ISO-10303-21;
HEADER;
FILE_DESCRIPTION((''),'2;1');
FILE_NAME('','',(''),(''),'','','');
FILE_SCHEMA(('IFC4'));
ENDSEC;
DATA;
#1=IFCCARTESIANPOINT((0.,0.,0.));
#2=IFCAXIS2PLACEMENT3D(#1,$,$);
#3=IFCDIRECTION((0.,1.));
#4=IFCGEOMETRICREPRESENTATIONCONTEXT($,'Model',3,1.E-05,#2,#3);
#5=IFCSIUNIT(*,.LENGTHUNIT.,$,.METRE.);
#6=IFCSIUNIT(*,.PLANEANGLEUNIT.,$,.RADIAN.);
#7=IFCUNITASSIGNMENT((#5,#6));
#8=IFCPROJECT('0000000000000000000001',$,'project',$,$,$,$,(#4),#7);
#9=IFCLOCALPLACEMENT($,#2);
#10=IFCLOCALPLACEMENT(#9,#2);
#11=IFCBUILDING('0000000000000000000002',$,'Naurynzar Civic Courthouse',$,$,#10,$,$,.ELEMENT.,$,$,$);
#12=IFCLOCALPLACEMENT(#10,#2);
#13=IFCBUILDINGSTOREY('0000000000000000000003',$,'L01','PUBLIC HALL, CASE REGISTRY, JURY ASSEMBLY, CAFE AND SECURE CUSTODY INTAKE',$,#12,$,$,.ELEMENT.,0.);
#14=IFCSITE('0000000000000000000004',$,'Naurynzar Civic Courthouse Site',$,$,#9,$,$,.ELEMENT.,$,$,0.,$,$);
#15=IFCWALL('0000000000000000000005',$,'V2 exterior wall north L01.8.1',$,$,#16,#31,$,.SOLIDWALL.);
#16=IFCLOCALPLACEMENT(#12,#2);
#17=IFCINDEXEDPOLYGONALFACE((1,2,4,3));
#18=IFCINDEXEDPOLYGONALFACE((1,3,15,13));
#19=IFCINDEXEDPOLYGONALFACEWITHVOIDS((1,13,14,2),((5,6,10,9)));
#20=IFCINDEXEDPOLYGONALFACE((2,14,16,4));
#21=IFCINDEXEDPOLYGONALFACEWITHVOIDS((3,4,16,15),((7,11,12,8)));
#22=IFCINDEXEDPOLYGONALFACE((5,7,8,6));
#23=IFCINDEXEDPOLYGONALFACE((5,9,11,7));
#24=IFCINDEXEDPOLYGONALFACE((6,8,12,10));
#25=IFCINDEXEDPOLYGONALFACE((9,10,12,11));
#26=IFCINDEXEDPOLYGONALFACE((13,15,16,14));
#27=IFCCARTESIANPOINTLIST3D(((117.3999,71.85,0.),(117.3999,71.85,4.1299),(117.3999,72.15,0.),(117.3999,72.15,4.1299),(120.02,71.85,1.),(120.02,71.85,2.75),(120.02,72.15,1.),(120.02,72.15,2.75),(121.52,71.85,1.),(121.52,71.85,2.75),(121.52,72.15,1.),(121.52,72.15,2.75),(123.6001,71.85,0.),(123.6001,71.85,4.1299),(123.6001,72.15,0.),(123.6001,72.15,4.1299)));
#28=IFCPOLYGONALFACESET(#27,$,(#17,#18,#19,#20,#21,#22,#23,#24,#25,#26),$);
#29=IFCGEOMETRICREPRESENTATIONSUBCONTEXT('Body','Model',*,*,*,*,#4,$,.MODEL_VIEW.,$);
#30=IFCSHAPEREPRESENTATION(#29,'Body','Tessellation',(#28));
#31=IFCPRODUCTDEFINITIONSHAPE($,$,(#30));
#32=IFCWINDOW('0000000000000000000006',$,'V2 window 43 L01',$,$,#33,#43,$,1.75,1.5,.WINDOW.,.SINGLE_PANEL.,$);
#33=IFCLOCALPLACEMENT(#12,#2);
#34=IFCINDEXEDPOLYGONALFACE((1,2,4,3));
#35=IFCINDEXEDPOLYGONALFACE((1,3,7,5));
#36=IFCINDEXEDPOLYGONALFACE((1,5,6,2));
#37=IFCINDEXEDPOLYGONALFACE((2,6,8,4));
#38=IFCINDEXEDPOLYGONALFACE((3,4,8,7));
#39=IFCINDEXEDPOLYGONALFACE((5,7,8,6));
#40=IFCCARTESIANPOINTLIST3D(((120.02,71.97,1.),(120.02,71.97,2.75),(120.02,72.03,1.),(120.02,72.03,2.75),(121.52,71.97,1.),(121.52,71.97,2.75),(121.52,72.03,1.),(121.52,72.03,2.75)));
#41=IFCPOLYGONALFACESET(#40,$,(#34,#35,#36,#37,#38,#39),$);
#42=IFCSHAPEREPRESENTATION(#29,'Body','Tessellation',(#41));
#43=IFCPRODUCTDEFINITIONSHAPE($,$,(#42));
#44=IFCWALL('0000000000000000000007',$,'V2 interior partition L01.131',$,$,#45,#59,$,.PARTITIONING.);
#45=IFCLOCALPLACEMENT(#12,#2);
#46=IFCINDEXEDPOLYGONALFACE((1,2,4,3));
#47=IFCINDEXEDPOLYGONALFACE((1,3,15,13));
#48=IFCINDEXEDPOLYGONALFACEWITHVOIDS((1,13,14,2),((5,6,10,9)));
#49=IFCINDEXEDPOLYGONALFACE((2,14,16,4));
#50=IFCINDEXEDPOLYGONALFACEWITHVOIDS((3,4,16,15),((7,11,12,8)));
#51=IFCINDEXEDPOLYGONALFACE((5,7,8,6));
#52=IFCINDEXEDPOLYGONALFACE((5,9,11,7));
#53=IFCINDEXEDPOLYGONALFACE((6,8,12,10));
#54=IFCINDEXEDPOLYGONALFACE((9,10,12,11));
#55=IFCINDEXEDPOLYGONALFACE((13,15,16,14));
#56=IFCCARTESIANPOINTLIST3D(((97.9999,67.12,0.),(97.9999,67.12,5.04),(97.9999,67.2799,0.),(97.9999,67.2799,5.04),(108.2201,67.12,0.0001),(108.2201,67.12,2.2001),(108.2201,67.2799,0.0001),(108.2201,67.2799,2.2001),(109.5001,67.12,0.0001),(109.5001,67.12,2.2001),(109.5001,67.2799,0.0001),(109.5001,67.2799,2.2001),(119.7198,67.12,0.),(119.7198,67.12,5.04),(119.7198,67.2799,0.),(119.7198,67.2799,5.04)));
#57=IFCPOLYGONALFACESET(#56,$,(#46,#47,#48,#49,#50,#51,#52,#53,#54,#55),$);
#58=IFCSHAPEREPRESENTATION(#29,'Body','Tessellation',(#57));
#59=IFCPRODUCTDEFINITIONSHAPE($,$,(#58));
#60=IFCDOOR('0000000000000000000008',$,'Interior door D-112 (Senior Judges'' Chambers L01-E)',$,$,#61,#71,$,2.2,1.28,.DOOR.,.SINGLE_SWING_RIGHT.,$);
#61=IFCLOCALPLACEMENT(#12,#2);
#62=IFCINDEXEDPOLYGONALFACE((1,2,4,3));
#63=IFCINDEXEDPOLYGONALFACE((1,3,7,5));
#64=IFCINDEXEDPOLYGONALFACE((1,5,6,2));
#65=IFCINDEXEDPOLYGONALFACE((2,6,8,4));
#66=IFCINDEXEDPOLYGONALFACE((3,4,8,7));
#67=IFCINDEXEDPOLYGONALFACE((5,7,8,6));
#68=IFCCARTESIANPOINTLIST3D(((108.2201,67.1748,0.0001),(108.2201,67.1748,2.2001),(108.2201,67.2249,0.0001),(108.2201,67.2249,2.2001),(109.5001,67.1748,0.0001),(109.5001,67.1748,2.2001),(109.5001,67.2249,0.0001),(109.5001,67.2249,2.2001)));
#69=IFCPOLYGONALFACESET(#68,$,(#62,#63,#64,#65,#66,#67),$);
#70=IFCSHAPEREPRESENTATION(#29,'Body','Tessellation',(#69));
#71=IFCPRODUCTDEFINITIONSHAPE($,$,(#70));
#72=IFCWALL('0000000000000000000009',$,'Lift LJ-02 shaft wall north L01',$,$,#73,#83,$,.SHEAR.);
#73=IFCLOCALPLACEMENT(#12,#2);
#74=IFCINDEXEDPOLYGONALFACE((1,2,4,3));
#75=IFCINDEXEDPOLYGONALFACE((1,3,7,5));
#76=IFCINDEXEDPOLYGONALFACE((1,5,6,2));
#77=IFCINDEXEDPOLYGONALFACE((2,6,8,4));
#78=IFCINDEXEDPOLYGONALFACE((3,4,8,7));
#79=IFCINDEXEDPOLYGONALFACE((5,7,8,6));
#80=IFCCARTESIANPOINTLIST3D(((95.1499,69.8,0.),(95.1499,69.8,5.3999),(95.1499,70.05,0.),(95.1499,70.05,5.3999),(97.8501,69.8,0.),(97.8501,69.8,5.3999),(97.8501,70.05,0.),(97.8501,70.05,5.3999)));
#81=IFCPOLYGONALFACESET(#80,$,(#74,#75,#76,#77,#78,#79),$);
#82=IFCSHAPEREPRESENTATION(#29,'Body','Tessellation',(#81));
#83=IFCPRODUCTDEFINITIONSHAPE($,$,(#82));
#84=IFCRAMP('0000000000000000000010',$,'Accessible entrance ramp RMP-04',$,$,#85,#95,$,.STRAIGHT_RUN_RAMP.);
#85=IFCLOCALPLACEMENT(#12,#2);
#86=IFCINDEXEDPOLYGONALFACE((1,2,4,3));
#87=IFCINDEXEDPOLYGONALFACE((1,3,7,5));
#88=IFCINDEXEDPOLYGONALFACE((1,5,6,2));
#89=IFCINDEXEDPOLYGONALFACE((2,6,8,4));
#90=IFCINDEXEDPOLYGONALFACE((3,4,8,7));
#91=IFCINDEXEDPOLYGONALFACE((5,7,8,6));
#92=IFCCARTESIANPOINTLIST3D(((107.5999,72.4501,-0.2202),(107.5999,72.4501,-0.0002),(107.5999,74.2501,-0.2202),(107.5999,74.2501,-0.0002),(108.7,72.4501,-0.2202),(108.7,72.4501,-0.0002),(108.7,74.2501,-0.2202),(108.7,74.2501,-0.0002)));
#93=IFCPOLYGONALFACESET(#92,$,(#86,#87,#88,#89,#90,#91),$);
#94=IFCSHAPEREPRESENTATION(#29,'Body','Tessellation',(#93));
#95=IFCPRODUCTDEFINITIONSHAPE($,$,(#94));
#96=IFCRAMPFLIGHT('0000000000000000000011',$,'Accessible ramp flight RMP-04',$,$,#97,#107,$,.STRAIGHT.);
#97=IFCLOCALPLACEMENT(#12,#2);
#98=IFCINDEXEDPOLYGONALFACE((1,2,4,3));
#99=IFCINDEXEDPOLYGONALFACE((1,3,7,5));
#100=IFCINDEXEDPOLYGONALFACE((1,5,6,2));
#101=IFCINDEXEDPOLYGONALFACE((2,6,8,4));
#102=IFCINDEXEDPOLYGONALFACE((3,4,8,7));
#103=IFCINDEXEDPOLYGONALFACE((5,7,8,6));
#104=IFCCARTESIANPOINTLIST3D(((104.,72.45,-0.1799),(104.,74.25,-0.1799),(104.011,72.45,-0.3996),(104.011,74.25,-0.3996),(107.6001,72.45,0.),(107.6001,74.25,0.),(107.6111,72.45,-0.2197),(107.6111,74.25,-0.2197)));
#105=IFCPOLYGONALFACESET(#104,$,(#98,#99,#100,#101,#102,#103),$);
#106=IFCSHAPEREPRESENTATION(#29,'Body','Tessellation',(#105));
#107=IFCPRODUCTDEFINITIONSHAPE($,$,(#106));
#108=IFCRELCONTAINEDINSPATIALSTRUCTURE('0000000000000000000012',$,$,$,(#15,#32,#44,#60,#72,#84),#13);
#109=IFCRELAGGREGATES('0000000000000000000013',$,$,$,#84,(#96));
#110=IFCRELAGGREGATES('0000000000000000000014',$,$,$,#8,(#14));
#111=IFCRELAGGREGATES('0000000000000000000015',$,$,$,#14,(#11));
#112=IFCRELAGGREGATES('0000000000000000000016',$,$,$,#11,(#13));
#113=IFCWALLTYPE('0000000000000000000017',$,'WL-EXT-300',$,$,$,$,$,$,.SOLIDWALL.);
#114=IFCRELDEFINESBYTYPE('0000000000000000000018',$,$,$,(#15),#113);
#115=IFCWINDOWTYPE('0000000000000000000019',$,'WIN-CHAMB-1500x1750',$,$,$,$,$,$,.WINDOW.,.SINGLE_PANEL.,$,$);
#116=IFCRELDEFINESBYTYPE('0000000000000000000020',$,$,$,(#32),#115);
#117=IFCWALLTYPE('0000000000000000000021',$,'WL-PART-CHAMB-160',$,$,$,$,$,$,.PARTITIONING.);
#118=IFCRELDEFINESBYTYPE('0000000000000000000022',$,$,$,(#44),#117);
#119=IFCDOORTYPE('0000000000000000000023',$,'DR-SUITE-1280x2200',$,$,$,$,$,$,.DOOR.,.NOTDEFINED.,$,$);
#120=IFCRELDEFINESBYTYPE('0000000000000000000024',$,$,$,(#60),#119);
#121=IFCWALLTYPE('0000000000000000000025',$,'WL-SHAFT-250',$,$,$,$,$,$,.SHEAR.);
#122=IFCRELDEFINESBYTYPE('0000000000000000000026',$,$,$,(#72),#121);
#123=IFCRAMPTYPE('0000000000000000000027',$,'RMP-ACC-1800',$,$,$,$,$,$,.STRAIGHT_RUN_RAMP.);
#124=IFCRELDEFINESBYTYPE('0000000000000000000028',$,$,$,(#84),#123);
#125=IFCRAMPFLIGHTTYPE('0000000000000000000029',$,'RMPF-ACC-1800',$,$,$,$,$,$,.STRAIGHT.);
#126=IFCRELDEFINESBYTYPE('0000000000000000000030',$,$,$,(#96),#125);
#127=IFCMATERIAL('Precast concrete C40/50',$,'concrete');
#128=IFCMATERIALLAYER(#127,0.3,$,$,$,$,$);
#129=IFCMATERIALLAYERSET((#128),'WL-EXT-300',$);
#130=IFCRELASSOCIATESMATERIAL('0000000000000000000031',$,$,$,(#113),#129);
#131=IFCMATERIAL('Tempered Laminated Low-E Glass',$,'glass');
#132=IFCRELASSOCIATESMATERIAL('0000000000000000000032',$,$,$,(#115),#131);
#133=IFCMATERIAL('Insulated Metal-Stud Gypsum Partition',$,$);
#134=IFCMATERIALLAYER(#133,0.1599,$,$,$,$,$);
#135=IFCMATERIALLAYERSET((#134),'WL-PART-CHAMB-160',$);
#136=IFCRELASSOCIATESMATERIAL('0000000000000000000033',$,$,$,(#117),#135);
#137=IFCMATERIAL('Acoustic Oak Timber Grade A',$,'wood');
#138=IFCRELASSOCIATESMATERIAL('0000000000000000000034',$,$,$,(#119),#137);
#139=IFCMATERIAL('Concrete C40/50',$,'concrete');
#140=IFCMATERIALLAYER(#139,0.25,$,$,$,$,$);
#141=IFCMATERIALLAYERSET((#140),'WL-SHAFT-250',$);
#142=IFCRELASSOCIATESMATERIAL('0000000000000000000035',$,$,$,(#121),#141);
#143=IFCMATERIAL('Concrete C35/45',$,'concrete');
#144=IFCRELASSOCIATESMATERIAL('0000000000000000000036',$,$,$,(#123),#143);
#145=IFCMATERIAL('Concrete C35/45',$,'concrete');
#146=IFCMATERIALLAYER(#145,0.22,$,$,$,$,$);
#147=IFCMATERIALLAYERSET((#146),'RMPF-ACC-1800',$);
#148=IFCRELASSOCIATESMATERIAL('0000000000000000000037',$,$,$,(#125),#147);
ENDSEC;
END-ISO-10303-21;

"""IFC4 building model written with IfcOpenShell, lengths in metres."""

from ifc_helpers import new_model, si_unit, direction, frame, frame_2d, origin, origin_2d, place, context, subcontext, project, spatial, polyline, rectangle, outline, extrude, material, layer, layer_set, type_object, element, fill, aggregate, save


model = new_model("IFC4")

# Units and contexts
model_context = context("Model", 3, precision=1e-05, world=origin(), true_north=direction((0.0, 1.0)))
body_context = subcontext(model_context, "Body", "Model", "MODEL_VIEW")
ifc_project = project(units=[si_unit("LENGTHUNIT", "METRE"), si_unit("PLANEANGLEUNIT", "RADIAN")], contexts=[model_context])

# Site, building, storey
site_placement = place(None, origin())
site = spatial("IfcSite", under=ifc_project, at=site_placement, Name="Naurynzar Civic Courthouse Site", CompositionType="ELEMENT", RefElevation=0.0)
building_placement = place(site_placement, origin())
building = spatial("IfcBuilding", under=site, at=building_placement, Name="Naurynzar Civic Courthouse", CompositionType="ELEMENT")
storey_placement = place(building_placement, origin())
storey = spatial("IfcBuildingStorey", under=building, at=storey_placement, Name="L01", Description="PUBLIC HALL, CASE REGISTRY, JURY ASSEMBLY, CAFE AND SECURE CUSTODY INTAKE", CompositionType="ELEMENT", Elevation=0.0)

# Shared definitions
ifc_material_1 = material(Name="Precast concrete C40/50", Category="concrete")
ifc_layer_1 = layer(ifc_material_1, 0.3)
ifc_layer_set_1 = layer_set([ifc_layer_1], Name="WL-EXT-300")
wall_type_1 = type_object("IfcWallType", Name="WL-EXT-300", PredefinedType="SOLIDWALL", material=ifc_layer_set_1)

# Wall, opening, window
wall_1_placement = place(storey_placement, frame((117.3999, 72.0, 0.0), z_axis=(0.0, 0.0, 1.0), x_axis=(1.0, 0.0, 0.0)))
wall_1 = element("IfcWall", 1, at=wall_1_placement, inside=storey, type_object=wall_type_1, Name="V2 exterior wall north L01.8.1", PredefinedType="SOLIDWALL", context=body_context, shape_type="SweptSolid", body=[
    extrude(rectangle(XDim=6.2002, YDim=0.3, at=frame_2d((3.1001, 0.0))), origin(), (0.0, 0.0, 1.0), 4.1299),
])
opening_1_placement = place(wall_1_placement, frame((2.6201, 0.0, 1.0)))
opening_1 = element("IfcOpeningElement", 2, at=opening_1_placement, cuts=wall_1, PredefinedType="OPENING", context=body_context, shape_type="SweptSolid", body=[
    extrude(rectangle(XDim=1.5, YDim=1.75, at=frame_2d((0.75, 0.875))), frame((0.0, 0.1599, 0.0), z_axis=(0.0, -1.0, 0.0), x_axis=(1.0, 0.0, 0.0)), (0.0, 0.0, 1.0), 0.3201),
])
ifc_material_2 = material(Name="Tempered Laminated Low-E Glass", Category="glass")
window_type = type_object("IfcWindowType", Name="WIN-CHAMB-1500x1750", PartitioningType="SINGLE_PANEL", PredefinedType="WINDOW", material=ifc_material_2)
window_placement = place(opening_1_placement, origin())
window = element("IfcWindow", 3, at=window_placement, inside=storey, type_object=window_type, Name="V2 window 43 L01", OverallHeight=1.75, OverallWidth=1.5, PartitioningType="SINGLE_PANEL", PredefinedType="WINDOW", context=body_context, shape_type="SweptSolid", body=[
    extrude(rectangle(XDim=1.5, YDim=1.75, at=frame_2d((0.75, 0.875))), frame((0.0, 0.03, 0.0), z_axis=(0.0, -1.0, 0.0), x_axis=(1.0, 0.0, 0.0)), (0.0, 0.0, 1.0), 0.0601),
])
fill(opening_1, window)

# Wall, opening, door
ifc_material_3 = material(Name="Insulated Metal-Stud Gypsum Partition")
ifc_layer_2 = layer(ifc_material_3, 0.1599)
ifc_layer_set_2 = layer_set([ifc_layer_2], Name="WL-PART-CHAMB-160")
wall_type_2 = type_object("IfcWallType", Name="WL-PART-CHAMB-160", PredefinedType="PARTITIONING", material=ifc_layer_set_2)
wall_2_placement = place(storey_placement, frame((98.0, 67.2, 0.0), z_axis=(0.0, 0.0, 1.0), x_axis=(1.0, 0.0, 0.0)))
wall_2 = element("IfcWall", 4, at=wall_2_placement, inside=storey, type_object=wall_type_2, Name="V2 interior partition L01.131", PredefinedType="PARTITIONING", context=body_context, shape_type="SweptSolid", body=[
    extrude(rectangle(XDim=21.72, YDim=0.1599, at=frame_2d((10.8599, 0.0))), origin(), (0.0, 0.0, 1.0), 5.04),
])
opening_2_placement = place(wall_2_placement, frame((10.22, 0.0, 0.0)))
opening_2 = element("IfcOpeningElement", 5, at=opening_2_placement, cuts=wall_2, PredefinedType="OPENING", context=body_context, shape_type="SweptSolid", body=[
    extrude(rectangle(XDim=1.28, YDim=2.2, at=frame_2d((0.6401, 1.1001))), frame((0.0, 0.0898, 0.0), z_axis=(0.0, -1.0, 0.0), x_axis=(1.0, 0.0, 0.0)), (0.0, 0.0, 1.0), 0.1799),
])
ifc_material_4 = material(Name="Acoustic Oak Timber Grade A", Category="wood")
door_type_1 = type_object("IfcDoorType", Name="DR-SUITE-1280x2200", OperationType="NOTDEFINED", PredefinedType="DOOR", material=ifc_material_4)
door_1_placement = place(opening_2_placement, origin())
door_1 = element("IfcDoor", 6, at=door_1_placement, inside=storey, type_object=door_type_1, Name="Interior door D-112 (Senior Judges' Chambers L01-E)", OperationType="SINGLE_SWING_RIGHT", OverallHeight=2.2, OverallWidth=1.28, PredefinedType="DOOR", context=body_context, shape_type="SweptSolid", body=[
    extrude(rectangle(XDim=1.28, YDim=2.2, at=frame_2d((0.6401, 1.1001))), frame((0.0, 0.0249, 0.0), z_axis=(0.0, -1.0, 0.0), x_axis=(1.0, 0.0, 0.0)), (0.0, 0.0, 1.0), 0.05),
])
fill(opening_2, door_1)

# Wall
ifc_material_5 = material(Name="Concrete C40/50", Category="concrete")
ifc_layer_3 = layer(ifc_material_5, 0.25)
ifc_layer_set_3 = layer_set([ifc_layer_3], Name="WL-SHAFT-250")
wall_type_3 = type_object("IfcWallType", Name="WL-SHAFT-250", PredefinedType="SHEAR", material=ifc_layer_set_3)
wall_3_placement = place(storey_placement, frame((97.8501, 69.925, 0.0), z_axis=(0.0, 0.0, 1.0), x_axis=(-1.0, 0.0, 0.0)))
element("IfcWall", 7, at=wall_3_placement, inside=storey, type_object=wall_type_3, Name="Lift LJ-02 shaft wall north L01", PredefinedType="SHEAR", context=body_context, shape_type="SweptSolid", body=[
    extrude(rectangle(XDim=2.7002, YDim=0.25, at=frame_2d((1.3501, 0.0))), origin(), (0.0, 0.0, 1.0), 5.3999),
])

# Ramp, ramp flight
ifc_material_6 = material(Name="Concrete C35/45", Category="concrete")
ramp_type = type_object("IfcRampType", Name="RMP-ACC-1800", PredefinedType="STRAIGHT_RUN_RAMP", material=ifc_material_6)
ramp_placement = place(storey_placement, frame((108.1499, 73.3501, -0.2202), z_axis=(0.0, 0.0, 1.0), x_axis=(1.0, 0.0, 0.0)))
ramp = element("IfcRamp", 8, at=ramp_placement, inside=storey, type_object=ramp_type, Name="Accessible entrance ramp RMP-04", PredefinedType="STRAIGHT_RUN_RAMP", context=body_context, shape_type="SweptSolid", body=[
    extrude(rectangle(XDim=1.1001, YDim=1.8, at=origin_2d()), origin(), (0.0, 0.0, 1.0), 0.22),
])
ifc_material_7 = material(Name="Concrete C35/45", Category="concrete")
ifc_layer_4 = layer(ifc_material_7, 0.22)
ifc_layer_set_4 = layer_set([ifc_layer_4], Name="RMPF-ACC-1800")
ramp_flight_type = type_object("IfcRampFlightType", Name="RMPF-ACC-1800", PredefinedType="STRAIGHT", material=ifc_layer_set_4)
ramp_flight_placement = place(storey_placement, frame((104.0, 72.45, -0.1799), z_axis=(-0.049917, 0.0, 0.998753), x_axis=(0.998753, 0.0, 0.049917)))
ramp_flight = element("IfcRampFlight", 9, at=ramp_flight_placement, type_object=ramp_flight_type, Name="Accessible ramp flight RMP-04", PredefinedType="STRAIGHT", context=body_context, shape_type="SweptSolid", body=[
    extrude(outline(polyline([(0.0, 0.0), (3.6046, 0.0), (3.6046, 1.8), (0.0, 1.8), (0.0, 0.0)])), origin(), (0.0, 0.0, -1.0), 0.22),
])
aggregate(ramp, [ramp_flight])

save(model, "model.ifc")
